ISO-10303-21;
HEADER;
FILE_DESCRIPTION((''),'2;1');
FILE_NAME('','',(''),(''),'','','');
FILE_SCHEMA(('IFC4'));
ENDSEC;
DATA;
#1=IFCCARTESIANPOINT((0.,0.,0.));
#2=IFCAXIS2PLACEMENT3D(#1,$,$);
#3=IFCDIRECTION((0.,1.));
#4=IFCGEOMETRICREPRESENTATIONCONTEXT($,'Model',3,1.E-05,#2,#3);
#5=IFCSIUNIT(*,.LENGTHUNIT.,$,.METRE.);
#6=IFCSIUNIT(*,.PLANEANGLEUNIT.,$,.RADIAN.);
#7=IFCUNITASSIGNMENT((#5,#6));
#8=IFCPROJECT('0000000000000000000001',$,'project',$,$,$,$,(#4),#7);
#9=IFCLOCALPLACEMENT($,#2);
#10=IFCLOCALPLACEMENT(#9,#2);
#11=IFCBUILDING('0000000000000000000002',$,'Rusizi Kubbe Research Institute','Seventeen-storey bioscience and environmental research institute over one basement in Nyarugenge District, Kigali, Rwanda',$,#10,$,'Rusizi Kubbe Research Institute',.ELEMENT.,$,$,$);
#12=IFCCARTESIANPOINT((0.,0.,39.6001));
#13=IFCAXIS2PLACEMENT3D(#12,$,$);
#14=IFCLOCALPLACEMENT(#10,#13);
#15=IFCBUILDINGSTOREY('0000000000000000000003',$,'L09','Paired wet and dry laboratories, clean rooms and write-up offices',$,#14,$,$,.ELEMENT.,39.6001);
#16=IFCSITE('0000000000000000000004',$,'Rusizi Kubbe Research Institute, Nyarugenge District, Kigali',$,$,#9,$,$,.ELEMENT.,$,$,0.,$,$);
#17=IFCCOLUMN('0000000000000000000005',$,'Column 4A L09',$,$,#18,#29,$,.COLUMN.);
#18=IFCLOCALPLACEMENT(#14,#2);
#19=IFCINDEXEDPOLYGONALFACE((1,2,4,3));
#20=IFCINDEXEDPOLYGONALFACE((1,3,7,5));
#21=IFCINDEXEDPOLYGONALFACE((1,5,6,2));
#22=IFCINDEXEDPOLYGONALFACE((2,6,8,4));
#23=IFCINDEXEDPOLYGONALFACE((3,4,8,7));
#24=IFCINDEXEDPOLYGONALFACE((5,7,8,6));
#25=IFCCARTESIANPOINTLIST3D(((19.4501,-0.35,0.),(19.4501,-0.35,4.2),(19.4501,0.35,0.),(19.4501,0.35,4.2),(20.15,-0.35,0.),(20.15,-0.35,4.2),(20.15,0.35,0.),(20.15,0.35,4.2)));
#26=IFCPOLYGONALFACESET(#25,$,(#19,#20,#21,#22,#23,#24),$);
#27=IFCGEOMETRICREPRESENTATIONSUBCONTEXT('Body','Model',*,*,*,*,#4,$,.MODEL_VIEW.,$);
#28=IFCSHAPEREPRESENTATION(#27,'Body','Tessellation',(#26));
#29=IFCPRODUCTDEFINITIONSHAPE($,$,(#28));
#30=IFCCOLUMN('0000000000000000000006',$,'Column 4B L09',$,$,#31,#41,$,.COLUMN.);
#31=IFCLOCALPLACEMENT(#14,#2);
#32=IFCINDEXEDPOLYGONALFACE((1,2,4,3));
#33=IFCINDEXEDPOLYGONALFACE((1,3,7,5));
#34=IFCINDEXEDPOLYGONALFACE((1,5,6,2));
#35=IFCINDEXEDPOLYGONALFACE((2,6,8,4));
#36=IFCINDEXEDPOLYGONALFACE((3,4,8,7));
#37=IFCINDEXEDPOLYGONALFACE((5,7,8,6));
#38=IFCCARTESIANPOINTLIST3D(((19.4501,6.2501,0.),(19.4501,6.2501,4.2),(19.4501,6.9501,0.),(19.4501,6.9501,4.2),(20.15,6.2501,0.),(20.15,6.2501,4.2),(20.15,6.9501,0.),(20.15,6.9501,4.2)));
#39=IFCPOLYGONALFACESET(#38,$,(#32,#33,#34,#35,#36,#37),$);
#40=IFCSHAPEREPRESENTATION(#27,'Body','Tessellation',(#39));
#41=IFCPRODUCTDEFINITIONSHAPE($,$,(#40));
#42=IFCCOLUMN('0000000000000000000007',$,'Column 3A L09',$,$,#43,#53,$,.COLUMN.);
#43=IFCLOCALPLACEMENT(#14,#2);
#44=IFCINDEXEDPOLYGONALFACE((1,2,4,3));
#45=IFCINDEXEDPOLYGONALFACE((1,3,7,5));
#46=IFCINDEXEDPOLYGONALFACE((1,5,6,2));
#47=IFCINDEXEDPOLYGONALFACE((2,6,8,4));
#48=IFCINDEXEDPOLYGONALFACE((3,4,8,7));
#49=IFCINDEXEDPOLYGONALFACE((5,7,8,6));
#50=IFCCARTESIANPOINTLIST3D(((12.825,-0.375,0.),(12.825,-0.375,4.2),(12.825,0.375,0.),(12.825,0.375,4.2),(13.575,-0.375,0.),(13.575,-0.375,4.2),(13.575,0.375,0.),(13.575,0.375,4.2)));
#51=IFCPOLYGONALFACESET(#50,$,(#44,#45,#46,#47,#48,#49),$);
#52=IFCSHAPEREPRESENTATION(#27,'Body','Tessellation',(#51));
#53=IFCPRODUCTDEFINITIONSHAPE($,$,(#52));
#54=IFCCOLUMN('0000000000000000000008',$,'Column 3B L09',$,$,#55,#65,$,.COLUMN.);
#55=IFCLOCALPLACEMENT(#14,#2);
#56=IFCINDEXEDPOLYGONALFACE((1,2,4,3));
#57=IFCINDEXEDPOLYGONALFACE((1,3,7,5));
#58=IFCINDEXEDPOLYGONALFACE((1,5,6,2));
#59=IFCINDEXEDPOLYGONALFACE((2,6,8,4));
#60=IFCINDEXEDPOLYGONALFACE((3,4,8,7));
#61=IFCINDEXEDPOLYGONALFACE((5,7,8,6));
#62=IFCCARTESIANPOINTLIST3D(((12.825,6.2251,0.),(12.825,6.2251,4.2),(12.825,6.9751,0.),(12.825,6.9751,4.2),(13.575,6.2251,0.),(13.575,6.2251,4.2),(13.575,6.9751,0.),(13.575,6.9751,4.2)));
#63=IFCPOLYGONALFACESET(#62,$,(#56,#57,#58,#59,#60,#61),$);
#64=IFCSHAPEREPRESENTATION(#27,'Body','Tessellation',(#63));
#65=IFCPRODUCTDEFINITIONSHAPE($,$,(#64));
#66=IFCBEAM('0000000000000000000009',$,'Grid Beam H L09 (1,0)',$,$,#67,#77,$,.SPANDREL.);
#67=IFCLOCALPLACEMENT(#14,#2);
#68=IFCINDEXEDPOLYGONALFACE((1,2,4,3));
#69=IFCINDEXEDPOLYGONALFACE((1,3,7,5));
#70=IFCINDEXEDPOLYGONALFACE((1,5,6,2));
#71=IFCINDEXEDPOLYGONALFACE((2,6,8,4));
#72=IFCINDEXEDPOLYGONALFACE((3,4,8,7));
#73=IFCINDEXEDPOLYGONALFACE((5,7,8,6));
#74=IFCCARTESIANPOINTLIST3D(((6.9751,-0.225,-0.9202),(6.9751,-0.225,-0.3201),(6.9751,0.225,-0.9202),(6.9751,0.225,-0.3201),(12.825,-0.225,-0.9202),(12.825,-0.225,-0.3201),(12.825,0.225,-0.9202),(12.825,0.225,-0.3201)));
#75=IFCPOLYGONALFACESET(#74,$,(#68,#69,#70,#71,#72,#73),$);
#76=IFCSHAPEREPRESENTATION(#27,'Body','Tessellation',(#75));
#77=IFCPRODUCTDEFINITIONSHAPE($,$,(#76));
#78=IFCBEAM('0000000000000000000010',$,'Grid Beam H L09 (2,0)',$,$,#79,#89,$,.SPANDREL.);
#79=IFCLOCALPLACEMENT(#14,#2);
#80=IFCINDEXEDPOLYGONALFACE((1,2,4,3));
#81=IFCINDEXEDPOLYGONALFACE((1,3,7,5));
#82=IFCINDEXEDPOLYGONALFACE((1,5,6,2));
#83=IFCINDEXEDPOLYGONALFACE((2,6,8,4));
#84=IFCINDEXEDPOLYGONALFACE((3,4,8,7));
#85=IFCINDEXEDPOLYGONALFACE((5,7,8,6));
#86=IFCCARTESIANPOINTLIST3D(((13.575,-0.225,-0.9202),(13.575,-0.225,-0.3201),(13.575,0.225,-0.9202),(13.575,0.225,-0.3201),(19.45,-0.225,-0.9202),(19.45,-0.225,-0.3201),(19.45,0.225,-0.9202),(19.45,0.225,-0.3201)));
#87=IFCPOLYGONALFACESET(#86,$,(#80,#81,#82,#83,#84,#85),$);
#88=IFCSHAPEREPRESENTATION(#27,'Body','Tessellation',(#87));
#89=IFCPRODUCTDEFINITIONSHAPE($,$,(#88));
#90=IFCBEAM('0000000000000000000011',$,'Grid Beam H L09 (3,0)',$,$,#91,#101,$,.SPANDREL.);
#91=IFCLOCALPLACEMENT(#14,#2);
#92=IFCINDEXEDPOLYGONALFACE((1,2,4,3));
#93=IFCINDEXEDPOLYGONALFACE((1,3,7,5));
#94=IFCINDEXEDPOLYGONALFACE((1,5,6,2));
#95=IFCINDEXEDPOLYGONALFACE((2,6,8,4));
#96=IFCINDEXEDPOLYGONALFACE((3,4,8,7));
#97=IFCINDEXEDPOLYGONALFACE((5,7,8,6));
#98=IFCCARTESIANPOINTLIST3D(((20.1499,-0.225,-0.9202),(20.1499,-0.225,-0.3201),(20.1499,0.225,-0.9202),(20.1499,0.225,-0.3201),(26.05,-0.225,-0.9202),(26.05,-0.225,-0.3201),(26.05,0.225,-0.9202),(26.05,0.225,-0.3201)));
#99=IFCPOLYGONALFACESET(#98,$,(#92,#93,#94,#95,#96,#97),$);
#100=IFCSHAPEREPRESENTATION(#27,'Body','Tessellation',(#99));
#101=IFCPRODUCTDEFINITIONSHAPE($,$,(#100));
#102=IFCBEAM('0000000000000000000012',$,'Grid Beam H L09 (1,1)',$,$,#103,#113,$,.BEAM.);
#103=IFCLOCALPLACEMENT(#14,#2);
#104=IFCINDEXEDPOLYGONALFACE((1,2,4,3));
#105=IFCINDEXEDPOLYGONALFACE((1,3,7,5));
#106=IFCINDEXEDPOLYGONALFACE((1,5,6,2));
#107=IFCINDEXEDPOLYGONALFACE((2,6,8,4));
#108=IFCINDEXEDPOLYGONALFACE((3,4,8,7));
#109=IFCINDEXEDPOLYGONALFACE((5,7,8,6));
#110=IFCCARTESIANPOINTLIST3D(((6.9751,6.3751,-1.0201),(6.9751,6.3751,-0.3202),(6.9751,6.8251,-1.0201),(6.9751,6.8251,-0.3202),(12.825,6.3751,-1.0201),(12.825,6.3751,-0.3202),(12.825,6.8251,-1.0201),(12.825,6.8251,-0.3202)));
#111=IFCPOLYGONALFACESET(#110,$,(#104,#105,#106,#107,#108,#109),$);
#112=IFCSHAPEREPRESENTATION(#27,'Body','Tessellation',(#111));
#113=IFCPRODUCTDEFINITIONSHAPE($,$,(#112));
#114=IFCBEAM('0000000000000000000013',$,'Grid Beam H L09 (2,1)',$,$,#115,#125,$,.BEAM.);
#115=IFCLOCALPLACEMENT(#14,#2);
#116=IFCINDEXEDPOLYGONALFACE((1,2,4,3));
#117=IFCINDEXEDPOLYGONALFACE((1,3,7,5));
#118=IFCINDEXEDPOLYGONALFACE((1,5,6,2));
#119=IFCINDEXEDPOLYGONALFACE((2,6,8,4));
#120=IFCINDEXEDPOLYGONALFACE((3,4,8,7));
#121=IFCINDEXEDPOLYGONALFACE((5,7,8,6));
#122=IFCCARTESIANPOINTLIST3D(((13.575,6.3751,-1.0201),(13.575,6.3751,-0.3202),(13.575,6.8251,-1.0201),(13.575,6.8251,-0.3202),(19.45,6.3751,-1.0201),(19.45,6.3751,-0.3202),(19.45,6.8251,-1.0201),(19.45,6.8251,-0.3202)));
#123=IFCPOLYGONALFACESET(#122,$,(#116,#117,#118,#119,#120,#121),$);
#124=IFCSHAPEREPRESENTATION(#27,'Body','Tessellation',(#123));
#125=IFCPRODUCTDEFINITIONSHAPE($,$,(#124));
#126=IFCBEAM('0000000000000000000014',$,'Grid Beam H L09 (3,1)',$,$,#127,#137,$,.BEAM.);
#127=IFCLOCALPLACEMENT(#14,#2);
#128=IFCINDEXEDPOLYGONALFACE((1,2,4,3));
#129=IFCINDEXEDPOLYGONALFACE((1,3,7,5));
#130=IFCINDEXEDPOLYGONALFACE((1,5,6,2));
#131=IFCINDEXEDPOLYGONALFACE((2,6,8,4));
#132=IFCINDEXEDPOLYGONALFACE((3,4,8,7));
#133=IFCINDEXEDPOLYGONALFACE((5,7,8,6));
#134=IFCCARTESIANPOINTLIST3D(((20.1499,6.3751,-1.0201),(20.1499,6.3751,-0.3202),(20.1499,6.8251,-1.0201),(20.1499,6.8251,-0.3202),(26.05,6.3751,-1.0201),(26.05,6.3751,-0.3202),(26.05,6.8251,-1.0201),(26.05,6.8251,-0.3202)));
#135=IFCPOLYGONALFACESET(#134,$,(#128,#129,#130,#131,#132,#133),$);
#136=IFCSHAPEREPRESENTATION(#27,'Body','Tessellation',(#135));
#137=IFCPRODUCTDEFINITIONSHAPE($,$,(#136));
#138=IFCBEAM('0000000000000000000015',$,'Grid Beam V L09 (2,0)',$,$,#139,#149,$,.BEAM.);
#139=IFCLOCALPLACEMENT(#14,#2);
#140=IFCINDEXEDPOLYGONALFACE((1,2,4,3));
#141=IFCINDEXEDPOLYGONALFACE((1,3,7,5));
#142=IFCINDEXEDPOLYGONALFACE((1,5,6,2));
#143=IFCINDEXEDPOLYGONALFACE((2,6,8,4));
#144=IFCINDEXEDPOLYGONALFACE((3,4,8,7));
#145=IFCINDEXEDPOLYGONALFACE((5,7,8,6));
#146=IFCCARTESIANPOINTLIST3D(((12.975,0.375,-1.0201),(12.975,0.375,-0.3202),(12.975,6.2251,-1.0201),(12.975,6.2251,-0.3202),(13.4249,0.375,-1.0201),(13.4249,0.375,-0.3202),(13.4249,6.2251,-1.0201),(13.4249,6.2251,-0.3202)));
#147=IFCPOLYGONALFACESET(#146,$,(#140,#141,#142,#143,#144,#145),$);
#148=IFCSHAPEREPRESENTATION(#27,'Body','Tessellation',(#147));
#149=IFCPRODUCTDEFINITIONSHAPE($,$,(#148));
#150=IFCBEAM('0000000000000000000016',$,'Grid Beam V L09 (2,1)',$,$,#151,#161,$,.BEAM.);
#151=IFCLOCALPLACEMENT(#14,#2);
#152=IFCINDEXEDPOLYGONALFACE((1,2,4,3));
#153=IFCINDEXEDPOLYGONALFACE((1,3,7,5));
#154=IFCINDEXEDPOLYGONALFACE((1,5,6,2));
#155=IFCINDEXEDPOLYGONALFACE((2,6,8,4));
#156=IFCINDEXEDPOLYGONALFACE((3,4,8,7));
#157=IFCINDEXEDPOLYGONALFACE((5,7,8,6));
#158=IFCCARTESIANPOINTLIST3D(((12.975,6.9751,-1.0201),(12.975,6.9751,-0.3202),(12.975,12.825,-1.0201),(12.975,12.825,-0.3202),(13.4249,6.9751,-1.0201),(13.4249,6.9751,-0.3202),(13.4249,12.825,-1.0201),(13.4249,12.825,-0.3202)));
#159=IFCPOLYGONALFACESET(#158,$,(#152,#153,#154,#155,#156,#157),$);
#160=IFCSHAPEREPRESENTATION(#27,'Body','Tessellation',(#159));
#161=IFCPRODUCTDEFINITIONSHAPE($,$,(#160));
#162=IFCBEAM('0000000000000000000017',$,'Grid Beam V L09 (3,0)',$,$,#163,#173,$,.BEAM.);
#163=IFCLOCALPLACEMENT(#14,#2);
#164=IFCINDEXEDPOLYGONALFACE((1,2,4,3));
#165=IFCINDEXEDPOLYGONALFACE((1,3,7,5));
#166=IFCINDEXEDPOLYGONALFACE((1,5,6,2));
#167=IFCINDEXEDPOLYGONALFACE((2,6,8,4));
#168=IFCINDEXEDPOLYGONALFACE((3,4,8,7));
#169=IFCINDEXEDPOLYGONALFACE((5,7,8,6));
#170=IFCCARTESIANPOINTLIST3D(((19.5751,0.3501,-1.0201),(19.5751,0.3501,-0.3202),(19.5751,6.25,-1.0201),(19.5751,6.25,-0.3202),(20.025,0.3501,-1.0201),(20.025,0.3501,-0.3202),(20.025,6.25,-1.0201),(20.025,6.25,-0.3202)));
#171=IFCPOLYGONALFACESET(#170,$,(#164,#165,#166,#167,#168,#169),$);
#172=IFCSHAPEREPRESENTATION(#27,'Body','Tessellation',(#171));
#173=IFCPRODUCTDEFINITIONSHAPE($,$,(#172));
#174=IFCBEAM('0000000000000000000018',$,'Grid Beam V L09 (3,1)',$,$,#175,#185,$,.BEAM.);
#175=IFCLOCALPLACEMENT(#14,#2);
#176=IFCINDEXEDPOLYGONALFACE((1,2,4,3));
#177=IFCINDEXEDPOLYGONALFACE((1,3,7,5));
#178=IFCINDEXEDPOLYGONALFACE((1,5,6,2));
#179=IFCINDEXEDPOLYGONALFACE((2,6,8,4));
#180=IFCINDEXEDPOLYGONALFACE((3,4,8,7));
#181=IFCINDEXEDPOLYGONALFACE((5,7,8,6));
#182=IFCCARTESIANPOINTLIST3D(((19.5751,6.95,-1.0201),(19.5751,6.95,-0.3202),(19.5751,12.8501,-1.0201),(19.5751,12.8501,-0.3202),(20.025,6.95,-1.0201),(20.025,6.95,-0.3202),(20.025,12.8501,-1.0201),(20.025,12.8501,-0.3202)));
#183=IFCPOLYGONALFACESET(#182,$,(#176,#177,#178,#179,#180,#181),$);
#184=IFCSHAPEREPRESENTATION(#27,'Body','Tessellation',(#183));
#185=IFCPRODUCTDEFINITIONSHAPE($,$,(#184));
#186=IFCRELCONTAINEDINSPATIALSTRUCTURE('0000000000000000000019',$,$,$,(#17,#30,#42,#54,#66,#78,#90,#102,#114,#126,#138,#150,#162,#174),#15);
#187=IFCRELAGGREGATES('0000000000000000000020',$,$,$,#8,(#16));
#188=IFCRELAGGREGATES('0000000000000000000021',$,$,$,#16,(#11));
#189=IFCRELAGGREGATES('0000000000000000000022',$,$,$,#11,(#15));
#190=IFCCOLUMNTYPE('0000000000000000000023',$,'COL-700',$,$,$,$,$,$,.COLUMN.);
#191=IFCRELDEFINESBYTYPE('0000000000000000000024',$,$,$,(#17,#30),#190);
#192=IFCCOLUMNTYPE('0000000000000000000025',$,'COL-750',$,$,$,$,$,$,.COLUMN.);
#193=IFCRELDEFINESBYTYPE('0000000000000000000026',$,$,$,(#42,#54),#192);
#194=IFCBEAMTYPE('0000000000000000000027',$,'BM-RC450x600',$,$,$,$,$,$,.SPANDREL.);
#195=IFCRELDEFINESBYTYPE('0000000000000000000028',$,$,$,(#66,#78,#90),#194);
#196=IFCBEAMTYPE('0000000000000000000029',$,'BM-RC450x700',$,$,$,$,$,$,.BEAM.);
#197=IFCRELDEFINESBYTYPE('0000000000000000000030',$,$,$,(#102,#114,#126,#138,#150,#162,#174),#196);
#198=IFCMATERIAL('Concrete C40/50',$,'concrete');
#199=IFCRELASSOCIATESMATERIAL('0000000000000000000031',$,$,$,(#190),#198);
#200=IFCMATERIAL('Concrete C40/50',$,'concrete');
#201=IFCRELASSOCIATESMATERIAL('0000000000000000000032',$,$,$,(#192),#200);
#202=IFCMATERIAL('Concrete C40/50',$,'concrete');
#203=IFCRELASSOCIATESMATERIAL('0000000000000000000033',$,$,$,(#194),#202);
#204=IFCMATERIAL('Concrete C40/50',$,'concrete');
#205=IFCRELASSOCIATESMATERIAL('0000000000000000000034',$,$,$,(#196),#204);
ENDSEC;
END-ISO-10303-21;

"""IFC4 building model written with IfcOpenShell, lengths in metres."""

from ifc_helpers import new_model, si_unit, direction, frame, origin, origin_2d, place, context, subcontext, project, spatial, rectangle, extrude, material, material_profile, profile_set, type_object, element, save


model = new_model("IFC4")

# Units and contexts
model_context = context("Model", 3, precision=1e-05, world=origin(), true_north=direction((0.0, 1.0)))
body_context = subcontext(model_context, "Body", "Model", "MODEL_VIEW")
ifc_project = project(units=[si_unit("LENGTHUNIT", "METRE"), si_unit("PLANEANGLEUNIT", "RADIAN")], contexts=[model_context])

# Site, building, storey
site_placement = place(None, origin())
site = spatial("IfcSite", under=ifc_project, at=site_placement, Name="Rusizi Kubbe Research Institute, Nyarugenge District, Kigali", CompositionType="ELEMENT", RefElevation=0.0)
building_placement = place(site_placement, origin())
building = spatial("IfcBuilding", under=site, at=building_placement, Name="Rusizi Kubbe Research Institute", Description="Seventeen-storey bioscience and environmental research institute over one basement in Nyarugenge District, Kigali, Rwanda", LongName="Rusizi Kubbe Research Institute", CompositionType="ELEMENT")
storey_placement = place(building_placement, frame((0.0, 0.0, 39.6001)))
storey = spatial("IfcBuildingStorey", under=building, at=storey_placement, Name="L09", Description="Paired wet and dry laboratories, clean rooms and write-up offices", CompositionType="ELEMENT", Elevation=39.6001)

# Columns
ifc_material_1 = material(Name="Concrete C40/50", Category="concrete")
ifc_material_profile_1 = material_profile(ifc_material_1, rectangle(XDim=0.7, YDim=0.7, at=origin_2d()), Name="RC700x700")
ifc_profile_set_1 = profile_set([ifc_material_profile_1], Name="Concrete C40/50")
column_type_1 = type_object("IfcColumnType", Name="COL-700", PredefinedType="COLUMN", material=ifc_profile_set_1)
for number, where, z_axis, x_axis, name in (
    (1, (19.8, 0.0, 0.0), (0.0, 0.0, 1.0), (1.0, 0.0, 0.0), "Column 4A L09"),
    (2, (19.8, 6.6001, 0.0), (0.0, 0.0, 1.0), (1.0, 0.0, 0.0), "Column 4B L09"),
):
    element("IfcColumn", number, at=place(storey_placement, frame(where, z_axis=z_axis, x_axis=x_axis)), inside=storey, type_object=column_type_1, Name=name, PredefinedType="COLUMN", context=body_context, shape_type="SweptSolid", body=[
        extrude(rectangle(XDim=0.7, YDim=0.7, at=origin_2d()), origin(), (0.0, 0.0, 1.0), 4.2),
    ])
ifc_material_2 = material(Name="Concrete C40/50", Category="concrete")
ifc_material_profile_2 = material_profile(ifc_material_2, rectangle(XDim=0.75, YDim=0.75, at=origin_2d()), Name="RC750x750")
ifc_profile_set_2 = profile_set([ifc_material_profile_2], Name="Concrete C40/50")
column_type_2 = type_object("IfcColumnType", Name="COL-750", PredefinedType="COLUMN", material=ifc_profile_set_2)
for number, where, z_axis, x_axis, name in (
    (3, (13.2, 0.0, 0.0), (0.0, 0.0, 1.0), (1.0, 0.0, 0.0), "Column 3A L09"),
    (4, (13.2, 6.6001, 0.0), (0.0, 0.0, 1.0), (1.0, 0.0, 0.0), "Column 3B L09"),
):
    element("IfcColumn", number, at=place(storey_placement, frame(where, z_axis=z_axis, x_axis=x_axis)), inside=storey, type_object=column_type_2, Name=name, PredefinedType="COLUMN", context=body_context, shape_type="SweptSolid", body=[
        extrude(rectangle(XDim=0.75, YDim=0.75, at=origin_2d()), origin(), (0.0, 0.0, 1.0), 4.2),
    ])

# Beams
ifc_material_3 = material(Name="Concrete C40/50", Category="concrete")
ifc_material_profile_3 = material_profile(ifc_material_3, rectangle(XDim=0.45, YDim=0.6001, at=origin_2d()), Name="RC450x600")
ifc_profile_set_3 = profile_set([ifc_material_profile_3], Name="Concrete C40/50")
beam_type_1 = type_object("IfcBeamType", Name="BM-RC450x600", PredefinedType="SPANDREL", material=ifc_profile_set_3)
beam_1_placement = place(storey_placement, frame((6.9751, 0.0, -0.6201), z_axis=(1.0, 0.0, 0.0), x_axis=(0.0, 1.0, 0.0)))
element("IfcBeam", 5, at=beam_1_placement, inside=storey, type_object=beam_type_1, Name="Grid Beam H L09 (1,0)", PredefinedType="SPANDREL", context=body_context, shape_type="SweptSolid", body=[
    extrude(rectangle(XDim=0.45, YDim=0.6001, at=origin_2d()), origin(), (0.0, 0.0, 1.0), 5.8499),
])
beam_2_placement = place(storey_placement, frame((13.575, 0.0, -0.6201), z_axis=(1.0, 0.0, 0.0), x_axis=(0.0, 1.0, 0.0)))
element("IfcBeam", 6, at=beam_2_placement, inside=storey, type_object=beam_type_1, Name="Grid Beam H L09 (2,0)", PredefinedType="SPANDREL", context=body_context, shape_type="SweptSolid", body=[
    extrude(rectangle(XDim=0.45, YDim=0.6001, at=origin_2d()), origin(), (0.0, 0.0, 1.0), 5.875),
])
beam_3_placement = place(storey_placement, frame((20.1499, 0.0, -0.6201), z_axis=(1.0, 0.0, 0.0), x_axis=(0.0, 1.0, 0.0)))
element("IfcBeam", 7, at=beam_3_placement, inside=storey, type_object=beam_type_1, Name="Grid Beam H L09 (3,0)", PredefinedType="SPANDREL", context=body_context, shape_type="SweptSolid", body=[
    extrude(rectangle(XDim=0.45, YDim=0.6001, at=origin_2d()), origin(), (0.0, 0.0, 1.0), 5.9001),
])
ifc_material_4 = material(Name="Concrete C40/50", Category="concrete")
ifc_material_profile_4 = material_profile(ifc_material_4, rectangle(XDim=0.45, YDim=0.7, at=origin_2d()), Name="RC450x700B")
ifc_profile_set_4 = profile_set([ifc_material_profile_4], Name="Concrete C40/50")
beam_type_2 = type_object("IfcBeamType", Name="BM-RC450x700", PredefinedType="BEAM", material=ifc_profile_set_4)
beam_4_placement = place(storey_placement, frame((6.9751, 6.6001, -0.6702), z_axis=(1.0, 0.0, 0.0), x_axis=(0.0, 1.0, 0.0)))
element("IfcBeam", 8, at=beam_4_placement, inside=storey, type_object=beam_type_2, Name="Grid Beam H L09 (1,1)", PredefinedType="BEAM", context=body_context, shape_type="SweptSolid", body=[
    extrude(rectangle(XDim=0.45, YDim=0.7, at=origin_2d()), origin(), (0.0, 0.0, 1.0), 5.8499),
])
beam_5_placement = place(storey_placement, frame((13.575, 6.6001, -0.6702), z_axis=(1.0, 0.0, 0.0), x_axis=(0.0, 1.0, 0.0)))
element("IfcBeam", 9, at=beam_5_placement, inside=storey, type_object=beam_type_2, Name="Grid Beam H L09 (2,1)", PredefinedType="BEAM", context=body_context, shape_type="SweptSolid", body=[
    extrude(rectangle(XDim=0.45, YDim=0.7, at=origin_2d()), origin(), (0.0, 0.0, 1.0), 5.875),
])
beam_6_placement = place(storey_placement, frame((20.1499, 6.6001, -0.6702), z_axis=(1.0, 0.0, 0.0), x_axis=(0.0, 1.0, 0.0)))
element("IfcBeam", 10, at=beam_6_placement, inside=storey, type_object=beam_type_2, Name="Grid Beam H L09 (3,1)", PredefinedType="BEAM", context=body_context, shape_type="SweptSolid", body=[
    extrude(rectangle(XDim=0.45, YDim=0.7, at=origin_2d()), origin(), (0.0, 0.0, 1.0), 5.9001),
])
beam_7_placement = place(storey_placement, frame((13.2, 0.375, -0.6702), z_axis=(0.0, 1.0, 0.0), x_axis=(-1.0, 0.0, 0.0)))
element("IfcBeam", 11, at=beam_7_placement, inside=storey, type_object=beam_type_2, Name="Grid Beam V L09 (2,0)", PredefinedType="BEAM", context=body_context, shape_type="SweptSolid", body=[
    extrude(rectangle(XDim=0.45, YDim=0.7, at=origin_2d()), origin(), (0.0, 0.0, 1.0), 5.8501),
])
beam_8_placement = place(storey_placement, frame((13.2, 6.9751, -0.6702), z_axis=(0.0, 1.0, 0.0), x_axis=(-1.0, 0.0, 0.0)))
element("IfcBeam", 12, at=beam_8_placement, inside=storey, type_object=beam_type_2, Name="Grid Beam V L09 (2,1)", PredefinedType="BEAM", context=body_context, shape_type="SweptSolid", body=[
    extrude(rectangle(XDim=0.45, YDim=0.7, at=origin_2d()), origin(), (0.0, 0.0, 1.0), 5.8499),
])
beam_9_placement = place(storey_placement, frame((19.8, 0.3501, -0.6702), z_axis=(0.0, 1.0, 0.0), x_axis=(-1.0, 0.0, 0.0)))
element("IfcBeam", 13, at=beam_9_placement, inside=storey, type_object=beam_type_2, Name="Grid Beam V L09 (3,0)", PredefinedType="BEAM", context=body_context, shape_type="SweptSolid", body=[
    extrude(rectangle(XDim=0.45, YDim=0.7, at=origin_2d()), origin(), (0.0, 0.0, 1.0), 5.8999),
])
beam_10_placement = place(storey_placement, frame((19.8, 6.95, -0.6702), z_axis=(0.0, 1.0, 0.0), x_axis=(-1.0, 0.0, 0.0)))
element("IfcBeam", 14, at=beam_10_placement, inside=storey, type_object=beam_type_2, Name="Grid Beam V L09 (3,1)", PredefinedType="BEAM", context=body_context, shape_type="SweptSolid", body=[
    extrude(rectangle(XDim=0.45, YDim=0.7, at=origin_2d()), origin(), (0.0, 0.0, 1.0), 5.9001),
])

save(model, "model.ifc")
